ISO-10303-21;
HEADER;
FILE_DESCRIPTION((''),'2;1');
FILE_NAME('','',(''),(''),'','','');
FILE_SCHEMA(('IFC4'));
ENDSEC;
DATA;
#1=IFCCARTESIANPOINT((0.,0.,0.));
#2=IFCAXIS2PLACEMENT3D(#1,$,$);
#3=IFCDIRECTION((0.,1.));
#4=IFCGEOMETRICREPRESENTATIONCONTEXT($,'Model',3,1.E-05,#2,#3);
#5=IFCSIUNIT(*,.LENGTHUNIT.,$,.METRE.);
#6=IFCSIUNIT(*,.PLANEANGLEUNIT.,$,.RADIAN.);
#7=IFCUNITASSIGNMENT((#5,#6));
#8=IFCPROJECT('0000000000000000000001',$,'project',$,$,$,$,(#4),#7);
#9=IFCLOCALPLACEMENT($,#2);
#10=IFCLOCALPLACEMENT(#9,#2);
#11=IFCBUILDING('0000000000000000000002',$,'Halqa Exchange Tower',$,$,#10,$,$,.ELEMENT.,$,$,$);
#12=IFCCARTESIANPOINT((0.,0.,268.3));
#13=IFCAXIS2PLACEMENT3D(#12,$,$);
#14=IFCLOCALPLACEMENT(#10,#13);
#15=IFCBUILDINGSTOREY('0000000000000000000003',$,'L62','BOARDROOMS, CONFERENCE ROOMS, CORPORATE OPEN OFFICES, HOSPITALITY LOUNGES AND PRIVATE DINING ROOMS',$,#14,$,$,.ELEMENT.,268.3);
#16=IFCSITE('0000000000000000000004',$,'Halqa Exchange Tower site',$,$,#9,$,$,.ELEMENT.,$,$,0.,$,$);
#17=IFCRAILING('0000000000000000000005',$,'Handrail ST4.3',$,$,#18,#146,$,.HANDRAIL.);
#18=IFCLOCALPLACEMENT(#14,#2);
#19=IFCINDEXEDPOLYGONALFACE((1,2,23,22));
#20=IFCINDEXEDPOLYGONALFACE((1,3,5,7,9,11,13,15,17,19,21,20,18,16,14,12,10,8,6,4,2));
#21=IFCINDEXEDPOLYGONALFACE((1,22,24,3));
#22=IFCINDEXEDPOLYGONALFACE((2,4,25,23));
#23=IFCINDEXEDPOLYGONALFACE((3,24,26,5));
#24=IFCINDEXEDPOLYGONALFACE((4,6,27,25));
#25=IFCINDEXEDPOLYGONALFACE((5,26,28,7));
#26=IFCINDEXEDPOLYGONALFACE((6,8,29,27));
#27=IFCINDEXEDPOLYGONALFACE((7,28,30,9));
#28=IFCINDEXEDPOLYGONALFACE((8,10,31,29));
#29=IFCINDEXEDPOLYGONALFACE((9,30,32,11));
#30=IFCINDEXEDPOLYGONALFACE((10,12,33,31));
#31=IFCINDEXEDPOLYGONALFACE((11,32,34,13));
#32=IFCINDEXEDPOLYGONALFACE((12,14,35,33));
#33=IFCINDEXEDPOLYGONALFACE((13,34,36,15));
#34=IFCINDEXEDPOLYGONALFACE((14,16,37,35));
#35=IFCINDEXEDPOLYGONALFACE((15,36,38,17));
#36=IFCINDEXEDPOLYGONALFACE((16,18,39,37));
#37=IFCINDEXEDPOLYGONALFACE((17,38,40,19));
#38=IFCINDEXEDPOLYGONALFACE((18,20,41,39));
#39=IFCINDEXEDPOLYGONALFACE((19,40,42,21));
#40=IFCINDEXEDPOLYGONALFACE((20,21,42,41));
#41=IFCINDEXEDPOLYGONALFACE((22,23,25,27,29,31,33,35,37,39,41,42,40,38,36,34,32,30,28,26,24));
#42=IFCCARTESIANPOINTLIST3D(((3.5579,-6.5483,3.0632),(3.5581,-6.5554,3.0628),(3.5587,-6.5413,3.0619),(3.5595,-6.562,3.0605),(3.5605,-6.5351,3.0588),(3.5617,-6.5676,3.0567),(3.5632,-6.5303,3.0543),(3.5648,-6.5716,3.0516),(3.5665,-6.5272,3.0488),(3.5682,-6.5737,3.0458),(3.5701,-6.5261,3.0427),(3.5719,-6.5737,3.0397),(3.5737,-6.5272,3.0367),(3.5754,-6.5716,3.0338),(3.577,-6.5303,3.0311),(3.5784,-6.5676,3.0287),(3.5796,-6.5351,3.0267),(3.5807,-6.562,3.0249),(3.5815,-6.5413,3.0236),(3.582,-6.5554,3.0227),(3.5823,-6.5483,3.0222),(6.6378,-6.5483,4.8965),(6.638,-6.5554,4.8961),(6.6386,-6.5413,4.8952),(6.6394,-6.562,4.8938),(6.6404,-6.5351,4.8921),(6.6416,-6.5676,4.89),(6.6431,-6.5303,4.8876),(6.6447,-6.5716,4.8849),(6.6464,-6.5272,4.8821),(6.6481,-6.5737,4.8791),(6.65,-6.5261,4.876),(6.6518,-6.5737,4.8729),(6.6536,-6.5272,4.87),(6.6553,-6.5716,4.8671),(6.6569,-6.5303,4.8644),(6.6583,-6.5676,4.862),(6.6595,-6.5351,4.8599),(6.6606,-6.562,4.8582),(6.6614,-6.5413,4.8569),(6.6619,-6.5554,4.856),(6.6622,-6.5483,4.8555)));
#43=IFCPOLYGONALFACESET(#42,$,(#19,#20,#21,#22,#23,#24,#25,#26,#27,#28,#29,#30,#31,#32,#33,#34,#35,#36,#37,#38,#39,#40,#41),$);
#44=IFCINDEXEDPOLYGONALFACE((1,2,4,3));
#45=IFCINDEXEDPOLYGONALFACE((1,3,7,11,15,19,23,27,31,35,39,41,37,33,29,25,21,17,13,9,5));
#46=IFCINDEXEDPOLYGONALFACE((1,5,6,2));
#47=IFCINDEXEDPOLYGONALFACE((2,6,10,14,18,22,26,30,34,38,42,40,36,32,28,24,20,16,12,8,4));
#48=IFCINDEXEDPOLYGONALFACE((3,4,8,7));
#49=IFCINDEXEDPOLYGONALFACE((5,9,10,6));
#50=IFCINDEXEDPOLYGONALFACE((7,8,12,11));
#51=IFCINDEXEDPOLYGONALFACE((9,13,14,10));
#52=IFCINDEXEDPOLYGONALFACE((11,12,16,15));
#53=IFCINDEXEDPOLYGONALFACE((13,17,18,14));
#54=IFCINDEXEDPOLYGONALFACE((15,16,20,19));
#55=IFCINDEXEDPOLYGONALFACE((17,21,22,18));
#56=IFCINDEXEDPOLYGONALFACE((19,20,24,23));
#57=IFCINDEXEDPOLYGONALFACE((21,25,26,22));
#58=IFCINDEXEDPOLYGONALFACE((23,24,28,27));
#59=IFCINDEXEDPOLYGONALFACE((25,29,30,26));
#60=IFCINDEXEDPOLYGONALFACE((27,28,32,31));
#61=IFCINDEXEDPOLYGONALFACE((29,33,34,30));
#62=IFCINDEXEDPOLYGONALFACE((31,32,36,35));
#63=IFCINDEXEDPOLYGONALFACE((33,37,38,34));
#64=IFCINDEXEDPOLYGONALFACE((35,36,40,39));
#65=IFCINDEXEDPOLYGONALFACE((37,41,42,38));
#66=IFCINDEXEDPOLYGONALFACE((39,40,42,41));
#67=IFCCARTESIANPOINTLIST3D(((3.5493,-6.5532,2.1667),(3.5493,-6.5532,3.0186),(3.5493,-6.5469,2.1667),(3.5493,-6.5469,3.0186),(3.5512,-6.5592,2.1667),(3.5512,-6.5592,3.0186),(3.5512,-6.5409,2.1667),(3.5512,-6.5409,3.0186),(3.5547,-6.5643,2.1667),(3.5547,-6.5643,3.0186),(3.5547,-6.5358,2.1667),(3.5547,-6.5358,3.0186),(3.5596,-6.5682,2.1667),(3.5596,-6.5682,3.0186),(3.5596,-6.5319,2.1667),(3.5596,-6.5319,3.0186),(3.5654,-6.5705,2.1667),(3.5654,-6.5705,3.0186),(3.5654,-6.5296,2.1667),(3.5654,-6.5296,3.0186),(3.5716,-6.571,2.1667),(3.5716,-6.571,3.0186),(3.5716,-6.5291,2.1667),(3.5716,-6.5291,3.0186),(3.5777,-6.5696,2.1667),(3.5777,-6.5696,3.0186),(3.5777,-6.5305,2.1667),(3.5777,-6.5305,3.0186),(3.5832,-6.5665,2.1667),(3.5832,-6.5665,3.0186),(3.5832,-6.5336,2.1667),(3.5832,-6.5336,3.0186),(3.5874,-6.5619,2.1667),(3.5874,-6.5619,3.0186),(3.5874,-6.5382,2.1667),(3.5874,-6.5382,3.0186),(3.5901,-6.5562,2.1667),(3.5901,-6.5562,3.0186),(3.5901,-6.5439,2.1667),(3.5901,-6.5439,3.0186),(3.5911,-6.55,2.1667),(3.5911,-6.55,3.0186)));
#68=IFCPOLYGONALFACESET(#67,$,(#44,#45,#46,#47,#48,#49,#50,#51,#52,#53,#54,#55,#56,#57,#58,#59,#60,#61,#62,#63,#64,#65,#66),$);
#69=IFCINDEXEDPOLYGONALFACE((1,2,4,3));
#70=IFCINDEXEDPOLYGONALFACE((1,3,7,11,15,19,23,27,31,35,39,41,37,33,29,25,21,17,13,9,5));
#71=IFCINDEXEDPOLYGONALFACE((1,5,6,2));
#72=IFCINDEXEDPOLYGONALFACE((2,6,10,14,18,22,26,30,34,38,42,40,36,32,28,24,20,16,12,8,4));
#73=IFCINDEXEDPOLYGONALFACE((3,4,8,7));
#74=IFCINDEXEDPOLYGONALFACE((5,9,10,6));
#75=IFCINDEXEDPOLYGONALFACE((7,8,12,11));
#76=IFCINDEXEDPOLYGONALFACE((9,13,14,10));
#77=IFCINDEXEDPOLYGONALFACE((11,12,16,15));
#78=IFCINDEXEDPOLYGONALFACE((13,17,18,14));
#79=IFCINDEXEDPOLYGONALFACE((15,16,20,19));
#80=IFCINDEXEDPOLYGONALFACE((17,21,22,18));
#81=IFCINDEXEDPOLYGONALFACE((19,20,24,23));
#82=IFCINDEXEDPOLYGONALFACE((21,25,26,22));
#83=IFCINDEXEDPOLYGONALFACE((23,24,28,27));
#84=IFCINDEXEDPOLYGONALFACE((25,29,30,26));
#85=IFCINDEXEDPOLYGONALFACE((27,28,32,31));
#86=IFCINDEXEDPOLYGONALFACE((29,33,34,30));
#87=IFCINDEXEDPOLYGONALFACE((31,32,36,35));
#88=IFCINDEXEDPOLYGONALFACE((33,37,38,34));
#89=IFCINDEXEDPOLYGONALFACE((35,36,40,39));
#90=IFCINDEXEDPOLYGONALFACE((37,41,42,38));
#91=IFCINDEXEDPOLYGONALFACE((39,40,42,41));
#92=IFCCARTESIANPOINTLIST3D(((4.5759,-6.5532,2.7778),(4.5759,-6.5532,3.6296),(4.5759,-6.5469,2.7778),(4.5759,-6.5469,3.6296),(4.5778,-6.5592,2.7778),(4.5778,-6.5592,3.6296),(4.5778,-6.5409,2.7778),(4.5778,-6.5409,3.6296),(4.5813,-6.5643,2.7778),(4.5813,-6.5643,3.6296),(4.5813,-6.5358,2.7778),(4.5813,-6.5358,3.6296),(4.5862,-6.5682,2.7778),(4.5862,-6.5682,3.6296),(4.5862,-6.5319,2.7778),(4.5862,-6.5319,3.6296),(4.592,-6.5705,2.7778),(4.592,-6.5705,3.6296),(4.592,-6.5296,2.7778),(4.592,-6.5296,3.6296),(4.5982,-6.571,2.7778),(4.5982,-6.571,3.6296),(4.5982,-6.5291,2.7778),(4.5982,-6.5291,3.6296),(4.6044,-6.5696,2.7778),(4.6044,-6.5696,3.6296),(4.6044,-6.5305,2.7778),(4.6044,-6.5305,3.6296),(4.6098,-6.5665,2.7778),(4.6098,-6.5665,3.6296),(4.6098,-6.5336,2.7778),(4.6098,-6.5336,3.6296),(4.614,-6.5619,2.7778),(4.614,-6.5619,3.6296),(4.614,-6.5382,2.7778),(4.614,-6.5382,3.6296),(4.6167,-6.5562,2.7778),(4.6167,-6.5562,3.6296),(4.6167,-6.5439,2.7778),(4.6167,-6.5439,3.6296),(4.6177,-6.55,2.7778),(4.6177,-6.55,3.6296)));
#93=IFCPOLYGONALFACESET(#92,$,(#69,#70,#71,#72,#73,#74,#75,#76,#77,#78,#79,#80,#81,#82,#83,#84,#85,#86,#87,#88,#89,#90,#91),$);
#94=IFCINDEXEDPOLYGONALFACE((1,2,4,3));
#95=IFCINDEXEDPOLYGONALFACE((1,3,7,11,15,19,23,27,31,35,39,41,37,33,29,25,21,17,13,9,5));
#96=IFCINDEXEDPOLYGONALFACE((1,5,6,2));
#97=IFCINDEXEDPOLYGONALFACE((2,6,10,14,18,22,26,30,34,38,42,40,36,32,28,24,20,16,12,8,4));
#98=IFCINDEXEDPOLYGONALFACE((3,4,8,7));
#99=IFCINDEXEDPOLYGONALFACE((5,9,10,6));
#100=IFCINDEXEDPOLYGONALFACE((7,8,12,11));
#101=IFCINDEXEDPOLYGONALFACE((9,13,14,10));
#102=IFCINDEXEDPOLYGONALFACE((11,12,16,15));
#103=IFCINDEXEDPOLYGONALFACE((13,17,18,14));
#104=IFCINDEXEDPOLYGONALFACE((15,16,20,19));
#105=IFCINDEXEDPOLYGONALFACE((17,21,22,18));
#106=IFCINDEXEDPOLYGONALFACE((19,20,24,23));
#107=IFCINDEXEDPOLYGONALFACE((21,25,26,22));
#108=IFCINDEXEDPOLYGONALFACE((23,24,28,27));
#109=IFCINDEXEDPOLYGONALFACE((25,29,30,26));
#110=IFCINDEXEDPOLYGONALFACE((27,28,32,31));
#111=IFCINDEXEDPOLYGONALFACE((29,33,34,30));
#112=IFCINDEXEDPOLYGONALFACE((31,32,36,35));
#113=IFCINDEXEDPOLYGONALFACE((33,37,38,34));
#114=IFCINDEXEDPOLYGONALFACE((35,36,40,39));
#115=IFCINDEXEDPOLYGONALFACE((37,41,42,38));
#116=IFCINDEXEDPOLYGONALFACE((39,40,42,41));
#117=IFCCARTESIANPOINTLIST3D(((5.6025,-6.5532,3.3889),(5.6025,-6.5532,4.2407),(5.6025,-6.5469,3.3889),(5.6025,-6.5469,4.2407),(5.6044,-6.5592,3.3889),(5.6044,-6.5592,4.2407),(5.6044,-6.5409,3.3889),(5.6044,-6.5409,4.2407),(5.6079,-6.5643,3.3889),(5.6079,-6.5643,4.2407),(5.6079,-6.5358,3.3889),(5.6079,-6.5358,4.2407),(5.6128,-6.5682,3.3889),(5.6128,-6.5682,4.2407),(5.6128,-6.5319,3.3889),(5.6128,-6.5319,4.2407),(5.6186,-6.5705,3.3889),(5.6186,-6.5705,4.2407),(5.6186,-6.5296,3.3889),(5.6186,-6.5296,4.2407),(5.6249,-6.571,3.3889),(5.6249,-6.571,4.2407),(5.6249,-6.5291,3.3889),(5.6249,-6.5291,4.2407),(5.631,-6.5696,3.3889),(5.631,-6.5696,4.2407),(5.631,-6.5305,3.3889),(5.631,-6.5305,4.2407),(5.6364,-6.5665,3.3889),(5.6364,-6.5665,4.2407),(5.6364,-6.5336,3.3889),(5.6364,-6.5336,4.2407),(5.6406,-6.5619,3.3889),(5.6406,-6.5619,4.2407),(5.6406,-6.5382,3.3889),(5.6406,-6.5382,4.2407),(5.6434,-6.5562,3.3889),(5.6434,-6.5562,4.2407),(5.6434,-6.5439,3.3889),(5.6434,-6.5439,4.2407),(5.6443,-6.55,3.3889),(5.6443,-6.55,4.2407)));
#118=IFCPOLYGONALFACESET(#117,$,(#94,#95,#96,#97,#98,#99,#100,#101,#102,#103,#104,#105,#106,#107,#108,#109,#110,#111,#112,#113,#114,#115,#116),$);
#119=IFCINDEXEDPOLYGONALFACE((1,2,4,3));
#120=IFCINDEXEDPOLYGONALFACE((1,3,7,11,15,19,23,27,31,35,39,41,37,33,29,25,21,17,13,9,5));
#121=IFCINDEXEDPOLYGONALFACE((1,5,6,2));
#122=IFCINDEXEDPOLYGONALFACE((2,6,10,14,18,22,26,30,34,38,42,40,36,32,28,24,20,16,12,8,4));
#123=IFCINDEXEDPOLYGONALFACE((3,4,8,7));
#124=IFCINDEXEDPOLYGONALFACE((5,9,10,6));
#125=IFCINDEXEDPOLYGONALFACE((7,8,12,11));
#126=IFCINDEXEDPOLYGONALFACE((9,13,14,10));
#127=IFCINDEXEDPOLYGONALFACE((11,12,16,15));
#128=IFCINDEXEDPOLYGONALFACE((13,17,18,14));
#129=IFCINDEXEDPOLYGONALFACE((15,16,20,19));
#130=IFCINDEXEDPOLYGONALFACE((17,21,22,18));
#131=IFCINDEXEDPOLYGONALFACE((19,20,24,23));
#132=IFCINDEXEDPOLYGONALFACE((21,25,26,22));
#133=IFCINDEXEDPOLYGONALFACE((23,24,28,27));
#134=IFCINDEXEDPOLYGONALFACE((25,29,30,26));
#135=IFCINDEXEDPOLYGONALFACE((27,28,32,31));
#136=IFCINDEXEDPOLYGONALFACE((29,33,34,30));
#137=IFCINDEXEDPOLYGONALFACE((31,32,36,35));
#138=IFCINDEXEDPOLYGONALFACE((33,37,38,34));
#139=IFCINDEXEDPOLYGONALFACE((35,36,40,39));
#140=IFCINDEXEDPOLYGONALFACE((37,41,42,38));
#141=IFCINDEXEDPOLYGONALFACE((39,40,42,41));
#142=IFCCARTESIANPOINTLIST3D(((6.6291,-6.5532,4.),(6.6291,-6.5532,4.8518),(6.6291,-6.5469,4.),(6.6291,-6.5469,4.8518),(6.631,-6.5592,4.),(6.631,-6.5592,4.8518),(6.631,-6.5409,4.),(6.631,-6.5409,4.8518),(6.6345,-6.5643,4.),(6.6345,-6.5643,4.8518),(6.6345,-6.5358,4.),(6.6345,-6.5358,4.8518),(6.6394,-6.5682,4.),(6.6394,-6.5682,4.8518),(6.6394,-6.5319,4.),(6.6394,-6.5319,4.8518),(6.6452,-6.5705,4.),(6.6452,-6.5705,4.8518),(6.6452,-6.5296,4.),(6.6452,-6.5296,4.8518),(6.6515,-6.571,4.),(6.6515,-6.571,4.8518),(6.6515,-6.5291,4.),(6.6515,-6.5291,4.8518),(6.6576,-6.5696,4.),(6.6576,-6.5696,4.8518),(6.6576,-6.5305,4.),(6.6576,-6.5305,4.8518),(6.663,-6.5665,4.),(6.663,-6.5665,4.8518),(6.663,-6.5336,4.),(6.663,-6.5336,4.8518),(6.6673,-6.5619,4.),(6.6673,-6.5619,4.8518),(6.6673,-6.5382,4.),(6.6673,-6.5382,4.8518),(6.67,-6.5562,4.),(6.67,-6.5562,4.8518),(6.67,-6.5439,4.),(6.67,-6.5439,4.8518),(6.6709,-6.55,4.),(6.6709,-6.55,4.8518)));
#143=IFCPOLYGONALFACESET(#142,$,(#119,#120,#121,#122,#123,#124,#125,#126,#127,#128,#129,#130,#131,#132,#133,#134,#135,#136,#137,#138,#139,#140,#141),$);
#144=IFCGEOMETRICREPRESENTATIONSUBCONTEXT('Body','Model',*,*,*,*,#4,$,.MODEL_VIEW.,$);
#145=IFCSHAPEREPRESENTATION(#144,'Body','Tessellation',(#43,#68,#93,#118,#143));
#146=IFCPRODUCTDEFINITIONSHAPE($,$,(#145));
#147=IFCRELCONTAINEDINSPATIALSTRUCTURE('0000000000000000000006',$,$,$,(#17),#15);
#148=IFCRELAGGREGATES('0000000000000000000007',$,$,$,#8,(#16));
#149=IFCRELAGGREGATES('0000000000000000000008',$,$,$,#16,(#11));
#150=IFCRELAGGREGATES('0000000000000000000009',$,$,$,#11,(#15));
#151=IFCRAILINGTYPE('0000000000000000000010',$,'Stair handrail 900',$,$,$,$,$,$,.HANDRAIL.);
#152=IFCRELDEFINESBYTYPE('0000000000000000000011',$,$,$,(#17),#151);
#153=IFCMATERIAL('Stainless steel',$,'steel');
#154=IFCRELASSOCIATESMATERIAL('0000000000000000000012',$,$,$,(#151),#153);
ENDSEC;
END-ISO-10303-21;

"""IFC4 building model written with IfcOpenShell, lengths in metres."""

from ifc_helpers import new_model, si_unit, direction, frame, origin, origin_2d, place, context, subcontext, project, spatial, circle, extrude, material, type_object, element, save


model = new_model("IFC4")

# Units and contexts
model_context = context("Model", 3, precision=1e-05, world=origin(), true_north=direction((0.0, 1.0)))
body_context = subcontext(model_context, "Body", "Model", "MODEL_VIEW")
ifc_project = project(units=[si_unit("LENGTHUNIT", "METRE"), si_unit("PLANEANGLEUNIT", "RADIAN")], contexts=[model_context])

# Site, building, storey
site_placement = place(None, origin())
site = spatial("IfcSite", under=ifc_project, at=site_placement, Name="Halqa Exchange Tower site", CompositionType="ELEMENT", RefElevation=0.0)
building_placement = place(site_placement, origin())
building = spatial("IfcBuilding", under=site, at=building_placement, Name="Halqa Exchange Tower", CompositionType="ELEMENT")
storey_placement = place(building_placement, frame((0.0, 0.0, 268.3)))
storey = spatial("IfcBuildingStorey", under=building, at=storey_placement, Name="L62", Description="BOARDROOMS, CONFERENCE ROOMS, CORPORATE OPEN OFFICES, HOSPITALITY LOUNGES AND PRIVATE DINING ROOMS", CompositionType="ELEMENT", Elevation=268.3)

# Railing
ifc_material_1 = material(Name="Stainless steel", Category="steel")
railing_type_1 = type_object("IfcRailingType", Name="Stair handrail 900", PredefinedType="HANDRAIL", material=ifc_material_1)
railing_1_placement = place(storey_placement, frame((3.5701, -6.55, 2.1667)))
element("IfcRailing", 1, at=railing_1_placement, inside=storey, type_object=railing_type_1, Name="Handrail ST4.3", PredefinedType="HANDRAIL", context=body_context, shape_type="SweptSolid", body=[
    extrude(circle(Radius=0.0239, at=origin_2d()), frame((0.0, 0.0, 0.876), z_axis=(0.859291, 0.0, 0.511487), x_axis=(0.0, 1.0, 0.0)), (0.0, 0.0, 1.0), 3.5842),
    extrude(circle(Radius=0.021, at=origin_2d()), origin(), (0.0, 0.0, 1.0), 0.8518),
    extrude(circle(Radius=0.021, at=origin_2d()), frame((1.0266, 0.0, 0.6111)), (0.0, 0.0, 1.0), 0.8518),
    extrude(circle(Radius=0.021, at=origin_2d()), frame((2.0532, 0.0, 1.2222)), (0.0, 0.0, 1.0), 0.8518),
    extrude(circle(Radius=0.021, at=origin_2d()), frame((3.0798, 0.0, 1.8333)), (0.0, 0.0, 1.0), 0.8518),
])

save(model, "model.ifc")
